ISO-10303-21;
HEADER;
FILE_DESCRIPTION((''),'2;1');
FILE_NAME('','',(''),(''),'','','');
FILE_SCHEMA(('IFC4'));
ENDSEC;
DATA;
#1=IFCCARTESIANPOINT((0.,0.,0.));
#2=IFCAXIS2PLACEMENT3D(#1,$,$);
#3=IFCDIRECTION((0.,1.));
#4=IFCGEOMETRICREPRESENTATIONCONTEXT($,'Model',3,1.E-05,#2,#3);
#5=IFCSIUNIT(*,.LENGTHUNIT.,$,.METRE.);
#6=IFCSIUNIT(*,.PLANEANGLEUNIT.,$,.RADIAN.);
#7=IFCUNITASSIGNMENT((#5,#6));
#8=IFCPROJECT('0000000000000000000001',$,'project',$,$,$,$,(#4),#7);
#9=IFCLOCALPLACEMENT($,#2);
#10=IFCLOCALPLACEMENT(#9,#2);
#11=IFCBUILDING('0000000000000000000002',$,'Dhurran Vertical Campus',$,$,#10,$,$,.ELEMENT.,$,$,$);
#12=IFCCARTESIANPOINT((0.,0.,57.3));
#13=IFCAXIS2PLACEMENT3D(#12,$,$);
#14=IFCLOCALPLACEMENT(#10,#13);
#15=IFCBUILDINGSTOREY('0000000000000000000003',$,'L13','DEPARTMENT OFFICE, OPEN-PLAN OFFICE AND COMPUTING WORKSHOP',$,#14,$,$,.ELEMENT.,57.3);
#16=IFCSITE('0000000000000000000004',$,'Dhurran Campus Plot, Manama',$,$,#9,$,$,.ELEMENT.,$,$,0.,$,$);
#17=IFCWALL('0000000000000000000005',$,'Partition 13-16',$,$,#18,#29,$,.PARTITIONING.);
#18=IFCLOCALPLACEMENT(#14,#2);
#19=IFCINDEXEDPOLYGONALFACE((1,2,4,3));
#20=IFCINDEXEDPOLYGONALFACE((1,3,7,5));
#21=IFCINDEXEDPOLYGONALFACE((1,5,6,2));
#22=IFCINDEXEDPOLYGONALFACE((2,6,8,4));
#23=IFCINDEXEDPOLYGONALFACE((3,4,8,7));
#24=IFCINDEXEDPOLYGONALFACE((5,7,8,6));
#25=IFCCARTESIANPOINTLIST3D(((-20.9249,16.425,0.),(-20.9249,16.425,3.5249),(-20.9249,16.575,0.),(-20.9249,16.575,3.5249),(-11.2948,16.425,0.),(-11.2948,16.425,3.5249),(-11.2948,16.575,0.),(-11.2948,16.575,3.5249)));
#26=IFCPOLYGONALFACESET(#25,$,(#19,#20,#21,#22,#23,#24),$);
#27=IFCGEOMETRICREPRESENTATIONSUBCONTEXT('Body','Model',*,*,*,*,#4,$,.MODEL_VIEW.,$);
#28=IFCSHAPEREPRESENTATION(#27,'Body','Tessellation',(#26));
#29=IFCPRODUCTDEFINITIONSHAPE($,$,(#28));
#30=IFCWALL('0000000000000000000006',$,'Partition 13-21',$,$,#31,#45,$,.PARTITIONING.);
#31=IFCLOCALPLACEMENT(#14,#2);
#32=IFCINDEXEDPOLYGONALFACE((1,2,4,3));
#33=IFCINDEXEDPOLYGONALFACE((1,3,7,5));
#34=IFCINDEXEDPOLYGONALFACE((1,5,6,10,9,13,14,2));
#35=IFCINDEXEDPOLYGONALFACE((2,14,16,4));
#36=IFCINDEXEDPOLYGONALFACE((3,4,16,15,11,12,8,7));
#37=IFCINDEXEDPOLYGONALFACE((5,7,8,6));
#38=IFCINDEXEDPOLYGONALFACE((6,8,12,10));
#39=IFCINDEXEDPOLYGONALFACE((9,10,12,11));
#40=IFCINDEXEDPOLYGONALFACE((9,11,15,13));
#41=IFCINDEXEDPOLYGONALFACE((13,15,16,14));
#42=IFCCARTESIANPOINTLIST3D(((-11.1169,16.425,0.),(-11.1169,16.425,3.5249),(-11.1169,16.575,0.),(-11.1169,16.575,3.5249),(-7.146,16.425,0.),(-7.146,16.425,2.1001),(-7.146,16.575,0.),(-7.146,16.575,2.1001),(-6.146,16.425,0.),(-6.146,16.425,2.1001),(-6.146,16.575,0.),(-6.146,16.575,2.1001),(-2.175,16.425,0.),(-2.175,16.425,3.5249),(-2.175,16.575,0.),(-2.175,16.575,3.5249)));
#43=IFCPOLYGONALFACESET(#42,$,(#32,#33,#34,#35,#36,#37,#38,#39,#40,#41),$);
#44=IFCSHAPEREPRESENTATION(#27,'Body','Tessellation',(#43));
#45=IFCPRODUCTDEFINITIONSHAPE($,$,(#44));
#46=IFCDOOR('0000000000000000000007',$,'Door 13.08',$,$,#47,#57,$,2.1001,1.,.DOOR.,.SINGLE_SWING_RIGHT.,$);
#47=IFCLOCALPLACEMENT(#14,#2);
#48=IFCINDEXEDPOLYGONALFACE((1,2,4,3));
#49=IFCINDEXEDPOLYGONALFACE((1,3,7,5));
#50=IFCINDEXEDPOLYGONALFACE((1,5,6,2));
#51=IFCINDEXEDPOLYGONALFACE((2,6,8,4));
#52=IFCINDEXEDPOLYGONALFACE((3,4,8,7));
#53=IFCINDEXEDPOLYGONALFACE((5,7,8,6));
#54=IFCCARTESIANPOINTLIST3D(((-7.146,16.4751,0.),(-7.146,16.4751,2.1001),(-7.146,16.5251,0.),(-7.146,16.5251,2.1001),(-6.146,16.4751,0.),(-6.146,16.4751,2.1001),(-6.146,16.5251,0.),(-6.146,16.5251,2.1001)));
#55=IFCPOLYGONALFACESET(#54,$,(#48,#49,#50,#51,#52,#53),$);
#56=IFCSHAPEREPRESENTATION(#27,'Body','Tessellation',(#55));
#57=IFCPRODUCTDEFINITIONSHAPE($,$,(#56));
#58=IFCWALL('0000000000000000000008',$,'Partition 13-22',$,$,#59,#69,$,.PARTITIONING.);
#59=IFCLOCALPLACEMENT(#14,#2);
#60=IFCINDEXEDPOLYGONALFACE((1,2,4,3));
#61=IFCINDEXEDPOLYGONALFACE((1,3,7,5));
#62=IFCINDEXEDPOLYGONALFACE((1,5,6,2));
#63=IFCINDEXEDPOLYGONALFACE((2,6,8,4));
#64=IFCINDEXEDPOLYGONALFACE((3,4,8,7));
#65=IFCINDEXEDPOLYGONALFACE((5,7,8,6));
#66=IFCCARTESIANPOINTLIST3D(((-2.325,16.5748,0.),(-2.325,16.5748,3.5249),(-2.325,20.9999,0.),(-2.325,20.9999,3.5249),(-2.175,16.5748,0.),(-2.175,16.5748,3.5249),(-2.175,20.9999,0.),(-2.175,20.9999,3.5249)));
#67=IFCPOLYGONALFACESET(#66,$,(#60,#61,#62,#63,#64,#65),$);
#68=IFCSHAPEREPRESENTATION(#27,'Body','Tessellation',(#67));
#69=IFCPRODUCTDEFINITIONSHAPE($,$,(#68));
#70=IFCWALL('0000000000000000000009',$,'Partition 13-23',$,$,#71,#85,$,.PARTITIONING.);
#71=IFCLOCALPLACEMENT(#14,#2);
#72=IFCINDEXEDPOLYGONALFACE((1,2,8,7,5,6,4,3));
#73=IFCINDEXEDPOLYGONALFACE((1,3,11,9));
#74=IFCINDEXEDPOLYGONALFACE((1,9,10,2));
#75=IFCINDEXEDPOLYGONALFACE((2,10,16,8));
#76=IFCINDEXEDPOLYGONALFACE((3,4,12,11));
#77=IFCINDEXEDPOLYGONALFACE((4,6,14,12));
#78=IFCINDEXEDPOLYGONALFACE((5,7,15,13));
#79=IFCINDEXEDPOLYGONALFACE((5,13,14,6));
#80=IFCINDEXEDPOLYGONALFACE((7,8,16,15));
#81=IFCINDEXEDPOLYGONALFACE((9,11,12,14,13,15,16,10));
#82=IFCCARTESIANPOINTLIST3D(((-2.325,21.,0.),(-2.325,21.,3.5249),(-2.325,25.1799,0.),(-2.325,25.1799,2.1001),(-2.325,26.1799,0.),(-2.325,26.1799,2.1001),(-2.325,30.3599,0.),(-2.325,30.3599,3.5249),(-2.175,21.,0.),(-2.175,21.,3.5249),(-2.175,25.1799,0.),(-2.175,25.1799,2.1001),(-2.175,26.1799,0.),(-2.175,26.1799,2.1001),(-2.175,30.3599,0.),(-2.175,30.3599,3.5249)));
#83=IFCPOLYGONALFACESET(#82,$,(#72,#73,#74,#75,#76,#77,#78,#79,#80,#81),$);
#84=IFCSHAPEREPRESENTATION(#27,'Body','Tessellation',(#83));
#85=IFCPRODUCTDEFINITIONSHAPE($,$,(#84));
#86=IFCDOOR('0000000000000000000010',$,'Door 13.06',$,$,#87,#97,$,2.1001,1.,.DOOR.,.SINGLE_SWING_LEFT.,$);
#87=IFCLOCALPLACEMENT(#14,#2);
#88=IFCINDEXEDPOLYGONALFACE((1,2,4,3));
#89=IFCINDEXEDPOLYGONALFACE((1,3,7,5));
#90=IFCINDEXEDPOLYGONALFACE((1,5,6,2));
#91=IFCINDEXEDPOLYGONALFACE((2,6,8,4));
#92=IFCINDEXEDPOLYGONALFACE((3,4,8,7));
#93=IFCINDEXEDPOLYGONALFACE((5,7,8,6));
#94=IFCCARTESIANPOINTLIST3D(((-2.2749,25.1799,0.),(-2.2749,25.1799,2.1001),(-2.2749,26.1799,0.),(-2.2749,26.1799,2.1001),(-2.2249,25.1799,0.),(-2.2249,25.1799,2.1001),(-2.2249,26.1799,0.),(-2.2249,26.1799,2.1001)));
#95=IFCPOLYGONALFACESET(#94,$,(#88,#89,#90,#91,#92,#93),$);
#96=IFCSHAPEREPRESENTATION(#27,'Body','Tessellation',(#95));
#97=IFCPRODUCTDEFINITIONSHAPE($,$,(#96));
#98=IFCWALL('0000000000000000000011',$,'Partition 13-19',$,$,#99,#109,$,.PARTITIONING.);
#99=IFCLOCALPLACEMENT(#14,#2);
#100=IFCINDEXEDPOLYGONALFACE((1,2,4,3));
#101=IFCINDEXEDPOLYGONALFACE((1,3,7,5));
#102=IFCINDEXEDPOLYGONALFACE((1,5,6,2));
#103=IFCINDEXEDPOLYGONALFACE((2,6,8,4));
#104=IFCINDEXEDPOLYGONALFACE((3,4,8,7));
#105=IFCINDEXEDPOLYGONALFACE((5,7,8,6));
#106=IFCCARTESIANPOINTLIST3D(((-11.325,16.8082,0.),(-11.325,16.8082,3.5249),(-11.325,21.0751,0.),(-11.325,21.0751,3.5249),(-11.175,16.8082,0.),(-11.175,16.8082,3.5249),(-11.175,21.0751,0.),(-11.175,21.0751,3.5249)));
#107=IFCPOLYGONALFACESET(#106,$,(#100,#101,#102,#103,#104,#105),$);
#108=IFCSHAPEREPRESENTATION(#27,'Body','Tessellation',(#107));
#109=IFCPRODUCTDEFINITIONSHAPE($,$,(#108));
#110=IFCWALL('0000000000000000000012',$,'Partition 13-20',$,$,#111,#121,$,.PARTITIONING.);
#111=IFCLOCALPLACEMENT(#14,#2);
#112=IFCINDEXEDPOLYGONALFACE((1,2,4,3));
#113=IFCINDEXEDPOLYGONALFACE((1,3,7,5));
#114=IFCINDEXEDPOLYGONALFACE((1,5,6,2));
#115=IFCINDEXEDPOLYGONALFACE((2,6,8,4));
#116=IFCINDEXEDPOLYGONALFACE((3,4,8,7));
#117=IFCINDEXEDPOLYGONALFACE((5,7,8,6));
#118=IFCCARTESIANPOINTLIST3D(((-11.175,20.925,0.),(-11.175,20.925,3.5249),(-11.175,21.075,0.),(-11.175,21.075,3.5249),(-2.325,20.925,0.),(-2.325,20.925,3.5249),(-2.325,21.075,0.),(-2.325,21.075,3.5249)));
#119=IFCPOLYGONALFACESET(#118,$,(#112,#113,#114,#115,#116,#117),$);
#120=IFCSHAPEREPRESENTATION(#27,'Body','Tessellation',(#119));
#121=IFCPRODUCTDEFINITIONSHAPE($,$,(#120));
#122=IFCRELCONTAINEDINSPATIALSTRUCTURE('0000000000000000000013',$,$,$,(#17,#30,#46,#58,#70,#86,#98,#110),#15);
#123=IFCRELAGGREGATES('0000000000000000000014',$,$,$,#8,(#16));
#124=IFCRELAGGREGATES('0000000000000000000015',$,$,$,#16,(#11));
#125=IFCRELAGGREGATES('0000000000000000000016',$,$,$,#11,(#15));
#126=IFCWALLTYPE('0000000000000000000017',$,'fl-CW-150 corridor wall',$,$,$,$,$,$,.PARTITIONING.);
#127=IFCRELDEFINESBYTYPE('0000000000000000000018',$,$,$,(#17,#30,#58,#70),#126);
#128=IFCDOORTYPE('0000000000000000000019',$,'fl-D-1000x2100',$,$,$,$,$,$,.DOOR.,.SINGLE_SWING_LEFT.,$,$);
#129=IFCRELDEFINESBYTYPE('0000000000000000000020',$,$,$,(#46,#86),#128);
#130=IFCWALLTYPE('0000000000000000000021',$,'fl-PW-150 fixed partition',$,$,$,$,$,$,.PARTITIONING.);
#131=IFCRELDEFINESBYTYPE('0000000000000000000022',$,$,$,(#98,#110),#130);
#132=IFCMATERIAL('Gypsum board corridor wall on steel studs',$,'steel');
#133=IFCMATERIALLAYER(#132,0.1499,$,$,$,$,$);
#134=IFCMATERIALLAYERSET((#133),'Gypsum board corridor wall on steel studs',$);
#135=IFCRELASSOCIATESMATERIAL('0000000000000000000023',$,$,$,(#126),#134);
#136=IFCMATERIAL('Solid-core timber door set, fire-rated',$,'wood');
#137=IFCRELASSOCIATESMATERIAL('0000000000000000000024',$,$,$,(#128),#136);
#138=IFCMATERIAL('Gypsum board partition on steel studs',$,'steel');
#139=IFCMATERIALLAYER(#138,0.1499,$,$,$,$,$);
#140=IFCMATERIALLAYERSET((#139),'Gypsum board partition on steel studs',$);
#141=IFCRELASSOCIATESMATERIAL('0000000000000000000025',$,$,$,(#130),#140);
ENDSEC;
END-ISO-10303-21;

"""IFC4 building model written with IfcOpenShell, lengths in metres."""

from ifc_helpers import new_model, si_unit, direction, frame, frame_2d, origin, place, context, subcontext, project, spatial, rectangle, extrude, material, layer, layer_set, type_object, element, fill, save


model = new_model("IFC4")

# Units and contexts
model_context = context("Model", 3, precision=1e-05, world=origin(), true_north=direction((0.0, 1.0)))
body_context = subcontext(model_context, "Body", "Model", "MODEL_VIEW")
ifc_project = project(units=[si_unit("LENGTHUNIT", "METRE"), si_unit("PLANEANGLEUNIT", "RADIAN")], contexts=[model_context])

# Site, building, storey
site_placement = place(None, origin())
site = spatial("IfcSite", under=ifc_project, at=site_placement, Name="Dhurran Campus Plot, Manama", CompositionType="ELEMENT", RefElevation=0.0)
building_placement = place(site_placement, origin())
building = spatial("IfcBuilding", under=site, at=building_placement, Name="Dhurran Vertical Campus", CompositionType="ELEMENT")
storey_placement = place(building_placement, frame((0.0, 0.0, 57.3)))
storey = spatial("IfcBuildingStorey", under=building, at=storey_placement, Name="L13", Description="DEPARTMENT OFFICE, OPEN-PLAN OFFICE AND COMPUTING WORKSHOP", CompositionType="ELEMENT", Elevation=57.3)

# Wall
ifc_material_1 = material(Name="Gypsum board corridor wall on steel studs", Category="steel")
ifc_layer_1 = layer(ifc_material_1, 0.1499)
ifc_layer_set_1 = layer_set([ifc_layer_1], Name="Gypsum board corridor wall on steel studs")
wall_type_1 = type_object("IfcWallType", Name="fl-CW-150 corridor wall", PredefinedType="PARTITIONING", material=ifc_layer_set_1)
wall_1_placement = place(storey_placement, frame((-11.2949, 16.5, 0.0), z_axis=(0.0, 0.0, 1.0), x_axis=(-1.0, 0.0, 0.0)))
element("IfcWall", 1, at=wall_1_placement, inside=storey, type_object=wall_type_1, Name="Partition 13-16", PredefinedType="PARTITIONING", context=body_context, shape_type="SweptSolid", body=[
    extrude(rectangle(XDim=9.6301, YDim=0.1499, at=frame_2d((4.8149, 0.0))), origin(), (0.0, 0.0, 1.0), 3.5249),
])

# Wall, opening, door
wall_2_placement = place(storey_placement, frame((-2.175, 16.5, 0.0), z_axis=(0.0, 0.0, 1.0), x_axis=(-1.0, 0.0, 0.0)))
wall_2 = element("IfcWall", 2, at=wall_2_placement, inside=storey, type_object=wall_type_1, Name="Partition 13-21", PredefinedType="PARTITIONING", context=body_context, shape_type="SweptSolid", body=[
    extrude(rectangle(XDim=8.9419, YDim=0.1499, at=frame_2d((4.4709, 0.0))), origin(), (0.0, 0.0, 1.0), 3.5249),
])
opening_1_placement = place(wall_2_placement, frame((3.9709, 0.0, 0.0)))
opening_1 = element("IfcOpeningElement", 3, at=opening_1_placement, cuts=wall_2, PredefinedType="OPENING", context=body_context, shape_type="SweptSolid", body=[
    extrude(rectangle(XDim=1.0, YDim=2.1001, at=frame_2d((0.5, 1.05))), frame((0.0, 0.085, 0.0), z_axis=(0.0, -1.0, 0.0), x_axis=(1.0, 0.0, 0.0)), (0.0, 0.0, 1.0), 0.1699),
])
ifc_material_2 = material(Name="Solid-core timber door set, fire-rated", Category="wood")
door_type_1 = type_object("IfcDoorType", Name="fl-D-1000x2100", OperationType="SINGLE_SWING_LEFT", PredefinedType="DOOR", material=ifc_material_2)
door_1_placement = place(opening_1_placement, origin())
door_1 = element("IfcDoor", 4, at=door_1_placement, inside=storey, type_object=door_type_1, Name="Door 13.08", OperationType="SINGLE_SWING_RIGHT", OverallHeight=2.1001, OverallWidth=1.0, PredefinedType="DOOR", context=body_context, shape_type="SweptSolid", body=[
    extrude(rectangle(XDim=1.0, YDim=2.1001, at=frame_2d((0.5, 1.05))), frame((0.0, 0.0249, 0.0), z_axis=(0.0, -1.0, 0.0), x_axis=(1.0, 0.0, 0.0)), (0.0, 0.0, 1.0), 0.05),
])
fill(opening_1, door_1)

# Wall
wall_3_placement = place(storey_placement, frame((-2.25, 16.575, 0.0), z_axis=(0.0, 0.0, 1.0), x_axis=(0.0, 1.0, 0.0)))
element("IfcWall", 5, at=wall_3_placement, inside=storey, type_object=wall_type_1, Name="Partition 13-22", PredefinedType="PARTITIONING", context=body_context, shape_type="SweptSolid", body=[
    extrude(rectangle(XDim=4.425, YDim=0.1499, at=frame_2d((2.2124, 0.0))), origin(), (0.0, 0.0, 1.0), 3.5249),
])

# Wall, opening, door
wall_4_placement = place(storey_placement, frame((-2.25, 21.0, 0.0), z_axis=(0.0, 0.0, 1.0), x_axis=(0.0, 1.0, 0.0)))
wall_4 = element("IfcWall", 6, at=wall_4_placement, inside=storey, type_object=wall_type_1, Name="Partition 13-23", PredefinedType="PARTITIONING", context=body_context, shape_type="SweptSolid", body=[
    extrude(rectangle(XDim=9.3599, YDim=0.1499, at=frame_2d((4.6799, 0.0))), origin(), (0.0, 0.0, 1.0), 3.5249),
])
opening_2_placement = place(wall_4_placement, frame((4.1799, 0.0, 0.0)))
opening_2 = element("IfcOpeningElement", 7, at=opening_2_placement, cuts=wall_4, PredefinedType="OPENING", context=body_context, shape_type="SweptSolid", body=[
    extrude(rectangle(XDim=1.0, YDim=2.1001, at=frame_2d((0.5, 1.05))), frame((0.0, 0.085, 0.0), z_axis=(0.0, -1.0, 0.0), x_axis=(1.0, 0.0, 0.0)), (0.0, 0.0, 1.0), 0.1699),
])
door_2_placement = place(opening_2_placement, origin())
door_2 = element("IfcDoor", 8, at=door_2_placement, inside=storey, type_object=door_type_1, Name="Door 13.06", OperationType="SINGLE_SWING_LEFT", OverallHeight=2.1001, OverallWidth=1.0, PredefinedType="DOOR", context=body_context, shape_type="SweptSolid", body=[
    extrude(rectangle(XDim=1.0, YDim=2.1001, at=frame_2d((0.5, 1.05))), frame((0.0, 0.0249, 0.0), z_axis=(0.0, -1.0, 0.0), x_axis=(1.0, 0.0, 0.0)), (0.0, 0.0, 1.0), 0.05),
])
fill(opening_2, door_2)

# Walls
ifc_material_3 = material(Name="Gypsum board partition on steel studs", Category="steel")
ifc_layer_2 = layer(ifc_material_3, 0.1499)
ifc_layer_set_2 = layer_set([ifc_layer_2], Name="Gypsum board partition on steel studs")
wall_type_2 = type_object("IfcWallType", Name="fl-PW-150 fixed partition", PredefinedType="PARTITIONING", material=ifc_layer_set_2)
wall_5_placement = place(storey_placement, frame((-11.25, 21.075, 0.0), z_axis=(0.0, 0.0, 1.0), x_axis=(0.0, -1.0, 0.0)))
element("IfcWall", 9, at=wall_5_placement, inside=storey, type_object=wall_type_2, Name="Partition 13-19", PredefinedType="PARTITIONING", context=body_context, shape_type="SweptSolid", body=[
    extrude(rectangle(XDim=4.2668, YDim=0.1499, at=frame_2d((2.1333, 0.0))), origin(), (0.0, 0.0, 1.0), 3.5249),
])
wall_6_placement = place(storey_placement, frame((-2.325, 21.0, 0.0), z_axis=(0.0, 0.0, 1.0), x_axis=(-1.0, 0.0, 0.0)))
element("IfcWall", 10, at=wall_6_placement, inside=storey, type_object=wall_type_2, Name="Partition 13-20", PredefinedType="PARTITIONING", context=body_context, shape_type="SweptSolid", body=[
    extrude(rectangle(XDim=8.8501, YDim=0.1499, at=frame_2d((4.425, 0.0))), origin(), (0.0, 0.0, 1.0), 3.5249),
])

save(model, "model.ifc")
